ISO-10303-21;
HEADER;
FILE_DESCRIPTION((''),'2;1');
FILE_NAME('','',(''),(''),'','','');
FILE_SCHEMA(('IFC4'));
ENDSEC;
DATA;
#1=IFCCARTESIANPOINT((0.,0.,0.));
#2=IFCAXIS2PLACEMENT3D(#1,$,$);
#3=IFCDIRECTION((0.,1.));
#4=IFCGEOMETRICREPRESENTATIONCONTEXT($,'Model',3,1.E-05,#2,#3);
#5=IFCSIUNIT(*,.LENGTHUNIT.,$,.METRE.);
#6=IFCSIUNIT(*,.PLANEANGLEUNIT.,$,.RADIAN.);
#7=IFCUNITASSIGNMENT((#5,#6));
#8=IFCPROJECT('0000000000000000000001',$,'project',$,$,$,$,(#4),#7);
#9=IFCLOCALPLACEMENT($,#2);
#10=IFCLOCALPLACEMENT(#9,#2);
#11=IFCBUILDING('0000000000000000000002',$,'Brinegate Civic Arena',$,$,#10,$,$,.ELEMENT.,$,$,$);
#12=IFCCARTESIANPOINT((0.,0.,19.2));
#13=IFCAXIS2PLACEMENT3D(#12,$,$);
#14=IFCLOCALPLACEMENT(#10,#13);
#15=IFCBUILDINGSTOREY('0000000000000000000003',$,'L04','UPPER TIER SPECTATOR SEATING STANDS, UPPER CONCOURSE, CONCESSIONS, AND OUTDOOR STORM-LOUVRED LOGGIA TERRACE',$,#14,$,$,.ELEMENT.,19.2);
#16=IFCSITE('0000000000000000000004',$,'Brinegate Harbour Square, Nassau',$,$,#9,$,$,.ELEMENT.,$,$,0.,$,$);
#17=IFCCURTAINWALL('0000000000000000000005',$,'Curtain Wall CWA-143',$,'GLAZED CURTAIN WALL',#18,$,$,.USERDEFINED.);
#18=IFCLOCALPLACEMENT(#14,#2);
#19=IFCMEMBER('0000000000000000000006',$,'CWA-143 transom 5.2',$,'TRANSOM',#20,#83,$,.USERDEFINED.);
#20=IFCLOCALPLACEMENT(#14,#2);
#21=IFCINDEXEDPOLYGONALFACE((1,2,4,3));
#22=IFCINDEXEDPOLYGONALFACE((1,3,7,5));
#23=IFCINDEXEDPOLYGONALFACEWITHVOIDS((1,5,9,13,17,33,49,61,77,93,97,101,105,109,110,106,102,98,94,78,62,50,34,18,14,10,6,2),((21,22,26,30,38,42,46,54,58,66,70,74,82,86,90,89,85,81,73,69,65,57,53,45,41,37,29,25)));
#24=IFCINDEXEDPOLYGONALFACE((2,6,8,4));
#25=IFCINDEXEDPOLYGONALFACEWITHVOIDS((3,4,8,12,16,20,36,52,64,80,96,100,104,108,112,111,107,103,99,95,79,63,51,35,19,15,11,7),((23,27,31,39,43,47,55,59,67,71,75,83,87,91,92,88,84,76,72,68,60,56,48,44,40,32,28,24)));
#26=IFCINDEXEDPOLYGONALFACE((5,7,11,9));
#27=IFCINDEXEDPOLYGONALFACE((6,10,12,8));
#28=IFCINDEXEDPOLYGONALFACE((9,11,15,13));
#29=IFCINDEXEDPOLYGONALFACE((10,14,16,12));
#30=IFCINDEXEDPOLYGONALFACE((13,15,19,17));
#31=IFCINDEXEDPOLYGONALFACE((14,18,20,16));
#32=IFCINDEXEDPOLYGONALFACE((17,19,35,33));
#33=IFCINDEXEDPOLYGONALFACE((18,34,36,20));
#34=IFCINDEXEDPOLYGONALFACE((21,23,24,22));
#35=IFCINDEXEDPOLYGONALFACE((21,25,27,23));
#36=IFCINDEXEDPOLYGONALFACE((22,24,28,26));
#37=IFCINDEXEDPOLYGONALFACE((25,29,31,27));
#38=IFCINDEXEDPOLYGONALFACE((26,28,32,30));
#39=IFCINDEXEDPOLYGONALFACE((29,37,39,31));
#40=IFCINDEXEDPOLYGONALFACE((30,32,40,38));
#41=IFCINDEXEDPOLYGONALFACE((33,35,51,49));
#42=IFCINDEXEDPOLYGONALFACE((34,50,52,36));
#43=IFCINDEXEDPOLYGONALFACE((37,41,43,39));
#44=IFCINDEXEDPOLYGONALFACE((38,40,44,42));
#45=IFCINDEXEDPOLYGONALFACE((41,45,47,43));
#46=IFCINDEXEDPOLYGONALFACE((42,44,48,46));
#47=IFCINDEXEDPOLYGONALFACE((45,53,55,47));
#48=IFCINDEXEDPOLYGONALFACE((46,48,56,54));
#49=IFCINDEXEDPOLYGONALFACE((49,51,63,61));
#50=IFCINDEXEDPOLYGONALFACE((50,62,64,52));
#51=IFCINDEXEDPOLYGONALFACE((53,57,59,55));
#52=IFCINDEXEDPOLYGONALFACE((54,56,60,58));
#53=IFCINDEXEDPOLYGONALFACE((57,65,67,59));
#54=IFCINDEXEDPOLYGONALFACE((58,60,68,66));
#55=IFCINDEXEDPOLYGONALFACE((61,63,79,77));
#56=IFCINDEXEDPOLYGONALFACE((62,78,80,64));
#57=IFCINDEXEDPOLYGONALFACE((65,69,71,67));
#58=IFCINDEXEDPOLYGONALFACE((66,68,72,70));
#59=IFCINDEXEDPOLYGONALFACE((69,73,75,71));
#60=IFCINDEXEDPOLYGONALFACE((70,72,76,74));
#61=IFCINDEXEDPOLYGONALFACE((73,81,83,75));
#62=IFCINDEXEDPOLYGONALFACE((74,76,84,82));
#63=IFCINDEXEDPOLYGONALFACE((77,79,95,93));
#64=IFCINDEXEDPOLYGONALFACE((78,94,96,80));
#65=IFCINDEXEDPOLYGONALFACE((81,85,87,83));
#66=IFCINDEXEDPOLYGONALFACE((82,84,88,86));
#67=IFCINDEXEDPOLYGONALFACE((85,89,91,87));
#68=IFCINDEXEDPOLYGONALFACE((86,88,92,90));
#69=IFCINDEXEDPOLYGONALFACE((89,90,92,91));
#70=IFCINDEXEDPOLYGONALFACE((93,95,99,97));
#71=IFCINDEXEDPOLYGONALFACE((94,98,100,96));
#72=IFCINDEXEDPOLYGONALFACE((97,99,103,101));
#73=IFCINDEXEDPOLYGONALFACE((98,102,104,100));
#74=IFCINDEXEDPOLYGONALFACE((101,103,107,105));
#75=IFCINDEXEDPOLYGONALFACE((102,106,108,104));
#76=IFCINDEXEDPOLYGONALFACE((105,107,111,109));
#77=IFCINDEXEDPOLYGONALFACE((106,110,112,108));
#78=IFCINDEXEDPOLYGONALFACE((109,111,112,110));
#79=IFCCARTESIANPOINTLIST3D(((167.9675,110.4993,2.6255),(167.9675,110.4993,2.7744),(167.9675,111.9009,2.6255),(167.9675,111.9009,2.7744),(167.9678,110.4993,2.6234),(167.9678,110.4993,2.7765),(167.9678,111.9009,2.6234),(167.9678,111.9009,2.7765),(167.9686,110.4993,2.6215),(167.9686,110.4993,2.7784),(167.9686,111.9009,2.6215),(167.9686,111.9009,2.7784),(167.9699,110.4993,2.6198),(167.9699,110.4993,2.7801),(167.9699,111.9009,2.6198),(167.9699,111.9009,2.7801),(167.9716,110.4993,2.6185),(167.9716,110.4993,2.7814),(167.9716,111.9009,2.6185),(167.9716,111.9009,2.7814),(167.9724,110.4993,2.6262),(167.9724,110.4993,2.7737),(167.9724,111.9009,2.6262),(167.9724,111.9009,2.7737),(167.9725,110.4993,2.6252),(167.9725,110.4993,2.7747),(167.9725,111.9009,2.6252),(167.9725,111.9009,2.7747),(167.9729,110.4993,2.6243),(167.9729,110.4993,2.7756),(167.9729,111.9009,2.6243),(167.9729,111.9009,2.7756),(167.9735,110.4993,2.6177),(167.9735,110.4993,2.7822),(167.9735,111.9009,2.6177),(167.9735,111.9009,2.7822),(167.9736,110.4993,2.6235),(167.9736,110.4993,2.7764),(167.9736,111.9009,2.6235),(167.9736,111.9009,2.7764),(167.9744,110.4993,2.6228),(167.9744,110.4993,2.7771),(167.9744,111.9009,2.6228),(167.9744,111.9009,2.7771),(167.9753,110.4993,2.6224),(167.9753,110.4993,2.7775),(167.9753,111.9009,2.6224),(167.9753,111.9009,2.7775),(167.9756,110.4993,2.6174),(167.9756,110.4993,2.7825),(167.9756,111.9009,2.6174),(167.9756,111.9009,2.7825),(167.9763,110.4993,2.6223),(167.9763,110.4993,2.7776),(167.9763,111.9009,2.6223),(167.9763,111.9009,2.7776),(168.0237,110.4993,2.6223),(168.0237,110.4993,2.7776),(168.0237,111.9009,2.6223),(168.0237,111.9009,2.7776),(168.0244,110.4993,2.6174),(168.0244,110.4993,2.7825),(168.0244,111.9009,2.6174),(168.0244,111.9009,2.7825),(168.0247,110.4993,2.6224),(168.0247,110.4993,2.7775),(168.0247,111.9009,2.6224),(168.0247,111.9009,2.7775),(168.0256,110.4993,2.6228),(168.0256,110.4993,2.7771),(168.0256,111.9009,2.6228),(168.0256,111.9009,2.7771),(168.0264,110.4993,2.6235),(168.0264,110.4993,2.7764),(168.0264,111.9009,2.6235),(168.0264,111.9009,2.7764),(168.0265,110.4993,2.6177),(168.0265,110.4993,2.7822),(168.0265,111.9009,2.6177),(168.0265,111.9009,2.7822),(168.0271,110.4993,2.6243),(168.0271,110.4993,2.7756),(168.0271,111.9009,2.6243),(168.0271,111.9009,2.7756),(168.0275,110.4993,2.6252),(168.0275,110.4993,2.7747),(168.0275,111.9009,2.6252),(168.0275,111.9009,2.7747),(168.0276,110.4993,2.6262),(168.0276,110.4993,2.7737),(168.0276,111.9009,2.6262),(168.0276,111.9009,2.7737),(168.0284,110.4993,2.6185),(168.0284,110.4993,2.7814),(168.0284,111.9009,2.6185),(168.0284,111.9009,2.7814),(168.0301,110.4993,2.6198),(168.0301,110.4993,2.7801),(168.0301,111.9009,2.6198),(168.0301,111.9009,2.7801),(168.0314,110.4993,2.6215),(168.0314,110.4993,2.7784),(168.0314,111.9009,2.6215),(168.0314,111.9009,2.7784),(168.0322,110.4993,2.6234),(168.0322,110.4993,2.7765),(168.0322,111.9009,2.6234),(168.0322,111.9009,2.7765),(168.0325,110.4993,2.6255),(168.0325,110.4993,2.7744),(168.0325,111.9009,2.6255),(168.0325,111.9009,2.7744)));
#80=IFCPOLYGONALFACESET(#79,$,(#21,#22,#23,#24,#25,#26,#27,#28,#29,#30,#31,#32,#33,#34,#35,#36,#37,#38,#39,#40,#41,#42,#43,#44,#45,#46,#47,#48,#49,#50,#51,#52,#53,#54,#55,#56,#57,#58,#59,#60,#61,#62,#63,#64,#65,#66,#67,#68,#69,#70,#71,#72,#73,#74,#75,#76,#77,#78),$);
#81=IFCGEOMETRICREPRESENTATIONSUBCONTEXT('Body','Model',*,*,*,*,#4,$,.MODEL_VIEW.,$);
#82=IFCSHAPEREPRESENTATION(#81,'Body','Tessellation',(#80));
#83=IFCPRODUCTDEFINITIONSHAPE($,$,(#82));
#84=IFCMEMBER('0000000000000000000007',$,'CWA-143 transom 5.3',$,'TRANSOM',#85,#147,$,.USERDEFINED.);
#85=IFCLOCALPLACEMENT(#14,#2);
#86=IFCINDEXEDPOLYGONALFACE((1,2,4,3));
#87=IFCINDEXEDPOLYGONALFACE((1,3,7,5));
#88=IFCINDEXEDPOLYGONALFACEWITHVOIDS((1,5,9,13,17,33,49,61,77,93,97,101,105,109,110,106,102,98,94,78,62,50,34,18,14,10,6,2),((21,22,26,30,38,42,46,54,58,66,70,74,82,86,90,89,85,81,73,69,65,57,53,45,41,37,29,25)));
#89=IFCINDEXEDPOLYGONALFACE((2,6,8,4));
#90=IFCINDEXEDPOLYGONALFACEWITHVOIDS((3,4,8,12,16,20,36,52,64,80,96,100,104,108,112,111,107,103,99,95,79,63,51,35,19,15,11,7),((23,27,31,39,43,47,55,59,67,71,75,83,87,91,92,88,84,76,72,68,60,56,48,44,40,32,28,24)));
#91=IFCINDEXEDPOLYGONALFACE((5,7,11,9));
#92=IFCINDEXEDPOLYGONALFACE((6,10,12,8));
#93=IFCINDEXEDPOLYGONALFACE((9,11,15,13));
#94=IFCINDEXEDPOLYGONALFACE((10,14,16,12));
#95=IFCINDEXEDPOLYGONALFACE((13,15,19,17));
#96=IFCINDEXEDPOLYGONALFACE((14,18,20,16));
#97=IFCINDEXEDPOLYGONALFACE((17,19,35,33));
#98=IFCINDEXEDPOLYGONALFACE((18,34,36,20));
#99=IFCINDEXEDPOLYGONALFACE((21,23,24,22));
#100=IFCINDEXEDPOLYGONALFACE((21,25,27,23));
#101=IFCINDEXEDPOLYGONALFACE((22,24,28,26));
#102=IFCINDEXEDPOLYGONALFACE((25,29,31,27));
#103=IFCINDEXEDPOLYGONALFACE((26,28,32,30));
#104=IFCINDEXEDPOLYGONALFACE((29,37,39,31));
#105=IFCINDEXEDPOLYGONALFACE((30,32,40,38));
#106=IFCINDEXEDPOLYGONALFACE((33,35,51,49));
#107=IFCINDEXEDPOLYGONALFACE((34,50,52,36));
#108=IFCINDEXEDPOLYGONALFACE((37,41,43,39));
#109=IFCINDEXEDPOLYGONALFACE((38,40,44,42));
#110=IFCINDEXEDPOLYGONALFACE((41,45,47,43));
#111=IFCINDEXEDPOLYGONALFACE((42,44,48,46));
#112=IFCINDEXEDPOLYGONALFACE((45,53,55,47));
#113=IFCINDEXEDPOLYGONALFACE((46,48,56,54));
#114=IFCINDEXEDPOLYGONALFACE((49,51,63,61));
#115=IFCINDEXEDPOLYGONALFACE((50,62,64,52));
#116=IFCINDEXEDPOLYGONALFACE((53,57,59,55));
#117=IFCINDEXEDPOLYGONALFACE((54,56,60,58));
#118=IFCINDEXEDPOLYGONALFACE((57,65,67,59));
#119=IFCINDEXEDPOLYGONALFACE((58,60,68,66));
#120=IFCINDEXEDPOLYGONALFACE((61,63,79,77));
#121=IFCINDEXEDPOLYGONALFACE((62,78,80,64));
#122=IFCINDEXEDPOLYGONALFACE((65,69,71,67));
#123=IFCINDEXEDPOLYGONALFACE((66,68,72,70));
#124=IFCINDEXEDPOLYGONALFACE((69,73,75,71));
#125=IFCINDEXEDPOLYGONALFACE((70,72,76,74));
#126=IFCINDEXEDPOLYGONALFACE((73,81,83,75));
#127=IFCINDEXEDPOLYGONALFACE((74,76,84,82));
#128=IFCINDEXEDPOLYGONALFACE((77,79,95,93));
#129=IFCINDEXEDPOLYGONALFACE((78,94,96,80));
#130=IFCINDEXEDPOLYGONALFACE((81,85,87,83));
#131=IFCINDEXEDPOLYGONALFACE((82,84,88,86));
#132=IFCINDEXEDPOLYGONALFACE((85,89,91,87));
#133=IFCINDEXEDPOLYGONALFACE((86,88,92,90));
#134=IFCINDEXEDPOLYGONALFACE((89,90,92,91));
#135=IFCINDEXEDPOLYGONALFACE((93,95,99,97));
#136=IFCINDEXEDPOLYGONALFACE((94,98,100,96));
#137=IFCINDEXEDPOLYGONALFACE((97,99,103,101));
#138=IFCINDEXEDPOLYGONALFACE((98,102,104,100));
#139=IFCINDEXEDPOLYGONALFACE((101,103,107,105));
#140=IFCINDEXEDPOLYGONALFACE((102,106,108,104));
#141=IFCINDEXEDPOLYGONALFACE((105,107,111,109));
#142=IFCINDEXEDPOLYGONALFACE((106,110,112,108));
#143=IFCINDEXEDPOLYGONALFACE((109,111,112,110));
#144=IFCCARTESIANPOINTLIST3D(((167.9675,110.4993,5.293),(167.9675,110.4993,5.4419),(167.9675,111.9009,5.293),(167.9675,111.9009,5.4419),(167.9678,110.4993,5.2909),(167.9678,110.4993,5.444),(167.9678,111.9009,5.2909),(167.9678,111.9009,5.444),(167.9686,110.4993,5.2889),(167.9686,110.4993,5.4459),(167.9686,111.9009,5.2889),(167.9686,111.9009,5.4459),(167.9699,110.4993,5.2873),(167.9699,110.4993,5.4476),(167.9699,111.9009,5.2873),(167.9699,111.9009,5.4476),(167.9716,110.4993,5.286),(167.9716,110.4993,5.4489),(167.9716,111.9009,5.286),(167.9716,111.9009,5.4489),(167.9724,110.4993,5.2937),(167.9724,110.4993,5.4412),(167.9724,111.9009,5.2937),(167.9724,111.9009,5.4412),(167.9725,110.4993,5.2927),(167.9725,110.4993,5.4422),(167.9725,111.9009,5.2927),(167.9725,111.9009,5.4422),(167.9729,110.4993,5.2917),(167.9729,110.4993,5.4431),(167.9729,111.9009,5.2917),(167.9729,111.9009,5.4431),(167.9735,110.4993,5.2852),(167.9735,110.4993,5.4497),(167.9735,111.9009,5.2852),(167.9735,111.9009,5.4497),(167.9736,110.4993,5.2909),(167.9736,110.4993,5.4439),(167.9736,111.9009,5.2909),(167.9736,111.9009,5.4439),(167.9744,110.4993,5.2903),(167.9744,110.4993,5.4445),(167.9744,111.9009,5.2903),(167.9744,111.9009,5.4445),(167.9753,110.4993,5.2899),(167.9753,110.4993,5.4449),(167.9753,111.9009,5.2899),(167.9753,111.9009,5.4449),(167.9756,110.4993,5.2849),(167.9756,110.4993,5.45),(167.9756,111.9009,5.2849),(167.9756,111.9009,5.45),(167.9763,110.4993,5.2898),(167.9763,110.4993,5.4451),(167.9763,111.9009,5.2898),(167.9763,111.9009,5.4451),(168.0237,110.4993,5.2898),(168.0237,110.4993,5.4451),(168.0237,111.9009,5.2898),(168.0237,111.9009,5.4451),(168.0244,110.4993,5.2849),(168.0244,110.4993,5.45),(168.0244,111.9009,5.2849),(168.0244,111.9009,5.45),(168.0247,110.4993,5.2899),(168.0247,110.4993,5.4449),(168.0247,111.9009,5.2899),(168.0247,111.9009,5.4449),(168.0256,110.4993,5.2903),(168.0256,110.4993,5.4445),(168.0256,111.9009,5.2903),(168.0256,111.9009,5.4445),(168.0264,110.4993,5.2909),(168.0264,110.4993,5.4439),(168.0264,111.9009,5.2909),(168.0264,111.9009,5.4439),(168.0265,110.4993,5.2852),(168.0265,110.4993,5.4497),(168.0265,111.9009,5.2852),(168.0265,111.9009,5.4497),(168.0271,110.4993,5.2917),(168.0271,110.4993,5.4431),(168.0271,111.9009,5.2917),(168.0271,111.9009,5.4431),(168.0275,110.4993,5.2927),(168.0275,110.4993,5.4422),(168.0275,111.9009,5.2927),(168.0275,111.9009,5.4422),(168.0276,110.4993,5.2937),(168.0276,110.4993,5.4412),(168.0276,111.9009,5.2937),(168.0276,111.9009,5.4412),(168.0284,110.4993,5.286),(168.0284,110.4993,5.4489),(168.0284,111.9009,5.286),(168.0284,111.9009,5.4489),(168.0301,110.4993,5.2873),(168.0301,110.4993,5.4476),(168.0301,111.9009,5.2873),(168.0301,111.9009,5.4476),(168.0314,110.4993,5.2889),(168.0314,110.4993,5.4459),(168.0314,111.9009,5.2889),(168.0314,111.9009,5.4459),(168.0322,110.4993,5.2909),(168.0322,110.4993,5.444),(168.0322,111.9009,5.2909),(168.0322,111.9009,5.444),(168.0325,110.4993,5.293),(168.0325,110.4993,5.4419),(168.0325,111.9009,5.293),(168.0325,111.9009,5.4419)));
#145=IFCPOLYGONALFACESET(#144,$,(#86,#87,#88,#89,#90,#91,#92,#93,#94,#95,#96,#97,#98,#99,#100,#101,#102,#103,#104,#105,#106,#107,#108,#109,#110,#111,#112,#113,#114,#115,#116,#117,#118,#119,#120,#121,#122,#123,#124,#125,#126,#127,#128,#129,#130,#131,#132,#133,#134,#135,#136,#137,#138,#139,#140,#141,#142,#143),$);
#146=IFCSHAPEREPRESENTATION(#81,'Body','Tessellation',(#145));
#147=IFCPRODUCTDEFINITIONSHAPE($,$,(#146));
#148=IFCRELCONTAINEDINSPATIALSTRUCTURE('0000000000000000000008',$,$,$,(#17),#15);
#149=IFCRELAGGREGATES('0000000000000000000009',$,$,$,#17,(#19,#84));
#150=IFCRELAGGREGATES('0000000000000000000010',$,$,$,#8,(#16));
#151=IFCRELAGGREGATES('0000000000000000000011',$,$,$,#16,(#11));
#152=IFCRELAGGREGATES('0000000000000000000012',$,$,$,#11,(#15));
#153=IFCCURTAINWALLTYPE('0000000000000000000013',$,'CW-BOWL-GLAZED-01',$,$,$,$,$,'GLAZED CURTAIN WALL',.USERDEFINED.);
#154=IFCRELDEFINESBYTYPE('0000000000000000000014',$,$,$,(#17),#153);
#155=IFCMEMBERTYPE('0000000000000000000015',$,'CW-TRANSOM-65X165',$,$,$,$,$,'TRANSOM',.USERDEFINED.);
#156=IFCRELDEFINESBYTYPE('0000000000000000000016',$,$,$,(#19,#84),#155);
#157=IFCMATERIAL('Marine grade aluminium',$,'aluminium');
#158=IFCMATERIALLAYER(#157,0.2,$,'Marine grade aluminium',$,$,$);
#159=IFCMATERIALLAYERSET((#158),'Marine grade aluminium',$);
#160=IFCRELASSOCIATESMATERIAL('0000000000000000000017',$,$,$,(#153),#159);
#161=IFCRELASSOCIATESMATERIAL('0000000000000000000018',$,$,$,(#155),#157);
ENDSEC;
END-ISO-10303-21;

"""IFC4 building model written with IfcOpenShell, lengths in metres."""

from ifc_helpers import new_model, si_unit, direction, frame, origin, origin_2d, place, context, subcontext, project, spatial, hollow_rectangle, extrude, material, layer, layer_set, material_profile, profile_set, type_object, element, aggregate, save


model = new_model("IFC4")

# Units and contexts
model_context = context("Model", 3, precision=1e-05, world=origin(), true_north=direction((0.0, 1.0)))
body_context = subcontext(model_context, "Body", "Model", "MODEL_VIEW")
ifc_project = project(units=[si_unit("LENGTHUNIT", "METRE"), si_unit("PLANEANGLEUNIT", "RADIAN")], contexts=[model_context])

# Site, building, storey
site_placement = place(None, origin())
site = spatial("IfcSite", under=ifc_project, at=site_placement, Name="Brinegate Harbour Square, Nassau", CompositionType="ELEMENT", RefElevation=0.0)
building_placement = place(site_placement, origin())
building = spatial("IfcBuilding", under=site, at=building_placement, Name="Brinegate Civic Arena", CompositionType="ELEMENT")
storey_placement = place(building_placement, frame((0.0, 0.0, 19.2)))
storey = spatial("IfcBuildingStorey", under=building, at=storey_placement, Name="L04", Description="UPPER TIER SPECTATOR SEATING STANDS, UPPER CONCOURSE, CONCESSIONS, AND OUTDOOR STORM-LOUVRED LOGGIA TERRACE", CompositionType="ELEMENT", Elevation=19.2)

# Curtain wall, members
ifc_material_1 = material(Name="Marine grade aluminium", Category="aluminium")
ifc_layer_1 = layer(ifc_material_1, 0.2, Name="Marine grade aluminium")
ifc_layer_set_1 = layer_set([ifc_layer_1], Name="Marine grade aluminium")
curtain_wall_type = type_object("IfcCurtainWallType", Name="CW-BOWL-GLAZED-01", ElementType="GLAZED CURTAIN WALL", PredefinedType="USERDEFINED", material=ifc_layer_set_1)
curtain_wall_placement = place(storey_placement, origin())
curtain_wall = element("IfcCurtainWall", 1, at=curtain_wall_placement, inside=storey, type_object=curtain_wall_type, Name="Curtain Wall CWA-143", ObjectType="GLAZED CURTAIN WALL", PredefinedType="USERDEFINED")
ifc_material_profile_1 = material_profile(ifc_material_1, hollow_rectangle(XDim=0.0649, YDim=0.165, WallThickness=0.0049, InnerFilletRadius=0.0039, OuterFilletRadius=0.0081, at=origin_2d()), Name="TRN65X165")
ifc_profile_set_1 = profile_set([ifc_material_profile_1], Name="Marine grade aluminium")
member_type_1 = type_object("IfcMemberType", Name="CW-TRANSOM-65X165", ElementType="TRANSOM", PredefinedType="USERDEFINED", material=ifc_profile_set_1)
member_1_placement = place(storey_placement, frame((168.0, 110.4993, 2.7), z_axis=(0.0, 1.0, 0.0), x_axis=(-1.0, 0.0, 0.0)))
member_1 = element("IfcMember", 2, at=member_1_placement, type_object=member_type_1, Name="CWA-143 transom 5.2", ObjectType="TRANSOM", PredefinedType="USERDEFINED", context=body_context, shape_type="SweptSolid", body=[
    extrude(hollow_rectangle(XDim=0.0649, YDim=0.165, WallThickness=0.0049, InnerFilletRadius=0.0039, OuterFilletRadius=0.0081, at=origin_2d()), origin(), (0.0, 0.0, 1.0), 1.4016),
])
member_2_placement = place(storey_placement, frame((168.0, 110.4993, 5.3674), z_axis=(0.0, 1.0, 0.0), x_axis=(-1.0, 0.0, 0.0)))
member_2 = element("IfcMember", 3, at=member_2_placement, type_object=member_type_1, Name="CWA-143 transom 5.3", ObjectType="TRANSOM", PredefinedType="USERDEFINED", context=body_context, shape_type="SweptSolid", body=[
    extrude(hollow_rectangle(XDim=0.0649, YDim=0.165, WallThickness=0.0049, InnerFilletRadius=0.0039, OuterFilletRadius=0.0081, at=origin_2d()), origin(), (0.0, 0.0, 1.0), 1.4016),
])
aggregate(curtain_wall, [member_1, member_2])

save(model, "model.ifc")
